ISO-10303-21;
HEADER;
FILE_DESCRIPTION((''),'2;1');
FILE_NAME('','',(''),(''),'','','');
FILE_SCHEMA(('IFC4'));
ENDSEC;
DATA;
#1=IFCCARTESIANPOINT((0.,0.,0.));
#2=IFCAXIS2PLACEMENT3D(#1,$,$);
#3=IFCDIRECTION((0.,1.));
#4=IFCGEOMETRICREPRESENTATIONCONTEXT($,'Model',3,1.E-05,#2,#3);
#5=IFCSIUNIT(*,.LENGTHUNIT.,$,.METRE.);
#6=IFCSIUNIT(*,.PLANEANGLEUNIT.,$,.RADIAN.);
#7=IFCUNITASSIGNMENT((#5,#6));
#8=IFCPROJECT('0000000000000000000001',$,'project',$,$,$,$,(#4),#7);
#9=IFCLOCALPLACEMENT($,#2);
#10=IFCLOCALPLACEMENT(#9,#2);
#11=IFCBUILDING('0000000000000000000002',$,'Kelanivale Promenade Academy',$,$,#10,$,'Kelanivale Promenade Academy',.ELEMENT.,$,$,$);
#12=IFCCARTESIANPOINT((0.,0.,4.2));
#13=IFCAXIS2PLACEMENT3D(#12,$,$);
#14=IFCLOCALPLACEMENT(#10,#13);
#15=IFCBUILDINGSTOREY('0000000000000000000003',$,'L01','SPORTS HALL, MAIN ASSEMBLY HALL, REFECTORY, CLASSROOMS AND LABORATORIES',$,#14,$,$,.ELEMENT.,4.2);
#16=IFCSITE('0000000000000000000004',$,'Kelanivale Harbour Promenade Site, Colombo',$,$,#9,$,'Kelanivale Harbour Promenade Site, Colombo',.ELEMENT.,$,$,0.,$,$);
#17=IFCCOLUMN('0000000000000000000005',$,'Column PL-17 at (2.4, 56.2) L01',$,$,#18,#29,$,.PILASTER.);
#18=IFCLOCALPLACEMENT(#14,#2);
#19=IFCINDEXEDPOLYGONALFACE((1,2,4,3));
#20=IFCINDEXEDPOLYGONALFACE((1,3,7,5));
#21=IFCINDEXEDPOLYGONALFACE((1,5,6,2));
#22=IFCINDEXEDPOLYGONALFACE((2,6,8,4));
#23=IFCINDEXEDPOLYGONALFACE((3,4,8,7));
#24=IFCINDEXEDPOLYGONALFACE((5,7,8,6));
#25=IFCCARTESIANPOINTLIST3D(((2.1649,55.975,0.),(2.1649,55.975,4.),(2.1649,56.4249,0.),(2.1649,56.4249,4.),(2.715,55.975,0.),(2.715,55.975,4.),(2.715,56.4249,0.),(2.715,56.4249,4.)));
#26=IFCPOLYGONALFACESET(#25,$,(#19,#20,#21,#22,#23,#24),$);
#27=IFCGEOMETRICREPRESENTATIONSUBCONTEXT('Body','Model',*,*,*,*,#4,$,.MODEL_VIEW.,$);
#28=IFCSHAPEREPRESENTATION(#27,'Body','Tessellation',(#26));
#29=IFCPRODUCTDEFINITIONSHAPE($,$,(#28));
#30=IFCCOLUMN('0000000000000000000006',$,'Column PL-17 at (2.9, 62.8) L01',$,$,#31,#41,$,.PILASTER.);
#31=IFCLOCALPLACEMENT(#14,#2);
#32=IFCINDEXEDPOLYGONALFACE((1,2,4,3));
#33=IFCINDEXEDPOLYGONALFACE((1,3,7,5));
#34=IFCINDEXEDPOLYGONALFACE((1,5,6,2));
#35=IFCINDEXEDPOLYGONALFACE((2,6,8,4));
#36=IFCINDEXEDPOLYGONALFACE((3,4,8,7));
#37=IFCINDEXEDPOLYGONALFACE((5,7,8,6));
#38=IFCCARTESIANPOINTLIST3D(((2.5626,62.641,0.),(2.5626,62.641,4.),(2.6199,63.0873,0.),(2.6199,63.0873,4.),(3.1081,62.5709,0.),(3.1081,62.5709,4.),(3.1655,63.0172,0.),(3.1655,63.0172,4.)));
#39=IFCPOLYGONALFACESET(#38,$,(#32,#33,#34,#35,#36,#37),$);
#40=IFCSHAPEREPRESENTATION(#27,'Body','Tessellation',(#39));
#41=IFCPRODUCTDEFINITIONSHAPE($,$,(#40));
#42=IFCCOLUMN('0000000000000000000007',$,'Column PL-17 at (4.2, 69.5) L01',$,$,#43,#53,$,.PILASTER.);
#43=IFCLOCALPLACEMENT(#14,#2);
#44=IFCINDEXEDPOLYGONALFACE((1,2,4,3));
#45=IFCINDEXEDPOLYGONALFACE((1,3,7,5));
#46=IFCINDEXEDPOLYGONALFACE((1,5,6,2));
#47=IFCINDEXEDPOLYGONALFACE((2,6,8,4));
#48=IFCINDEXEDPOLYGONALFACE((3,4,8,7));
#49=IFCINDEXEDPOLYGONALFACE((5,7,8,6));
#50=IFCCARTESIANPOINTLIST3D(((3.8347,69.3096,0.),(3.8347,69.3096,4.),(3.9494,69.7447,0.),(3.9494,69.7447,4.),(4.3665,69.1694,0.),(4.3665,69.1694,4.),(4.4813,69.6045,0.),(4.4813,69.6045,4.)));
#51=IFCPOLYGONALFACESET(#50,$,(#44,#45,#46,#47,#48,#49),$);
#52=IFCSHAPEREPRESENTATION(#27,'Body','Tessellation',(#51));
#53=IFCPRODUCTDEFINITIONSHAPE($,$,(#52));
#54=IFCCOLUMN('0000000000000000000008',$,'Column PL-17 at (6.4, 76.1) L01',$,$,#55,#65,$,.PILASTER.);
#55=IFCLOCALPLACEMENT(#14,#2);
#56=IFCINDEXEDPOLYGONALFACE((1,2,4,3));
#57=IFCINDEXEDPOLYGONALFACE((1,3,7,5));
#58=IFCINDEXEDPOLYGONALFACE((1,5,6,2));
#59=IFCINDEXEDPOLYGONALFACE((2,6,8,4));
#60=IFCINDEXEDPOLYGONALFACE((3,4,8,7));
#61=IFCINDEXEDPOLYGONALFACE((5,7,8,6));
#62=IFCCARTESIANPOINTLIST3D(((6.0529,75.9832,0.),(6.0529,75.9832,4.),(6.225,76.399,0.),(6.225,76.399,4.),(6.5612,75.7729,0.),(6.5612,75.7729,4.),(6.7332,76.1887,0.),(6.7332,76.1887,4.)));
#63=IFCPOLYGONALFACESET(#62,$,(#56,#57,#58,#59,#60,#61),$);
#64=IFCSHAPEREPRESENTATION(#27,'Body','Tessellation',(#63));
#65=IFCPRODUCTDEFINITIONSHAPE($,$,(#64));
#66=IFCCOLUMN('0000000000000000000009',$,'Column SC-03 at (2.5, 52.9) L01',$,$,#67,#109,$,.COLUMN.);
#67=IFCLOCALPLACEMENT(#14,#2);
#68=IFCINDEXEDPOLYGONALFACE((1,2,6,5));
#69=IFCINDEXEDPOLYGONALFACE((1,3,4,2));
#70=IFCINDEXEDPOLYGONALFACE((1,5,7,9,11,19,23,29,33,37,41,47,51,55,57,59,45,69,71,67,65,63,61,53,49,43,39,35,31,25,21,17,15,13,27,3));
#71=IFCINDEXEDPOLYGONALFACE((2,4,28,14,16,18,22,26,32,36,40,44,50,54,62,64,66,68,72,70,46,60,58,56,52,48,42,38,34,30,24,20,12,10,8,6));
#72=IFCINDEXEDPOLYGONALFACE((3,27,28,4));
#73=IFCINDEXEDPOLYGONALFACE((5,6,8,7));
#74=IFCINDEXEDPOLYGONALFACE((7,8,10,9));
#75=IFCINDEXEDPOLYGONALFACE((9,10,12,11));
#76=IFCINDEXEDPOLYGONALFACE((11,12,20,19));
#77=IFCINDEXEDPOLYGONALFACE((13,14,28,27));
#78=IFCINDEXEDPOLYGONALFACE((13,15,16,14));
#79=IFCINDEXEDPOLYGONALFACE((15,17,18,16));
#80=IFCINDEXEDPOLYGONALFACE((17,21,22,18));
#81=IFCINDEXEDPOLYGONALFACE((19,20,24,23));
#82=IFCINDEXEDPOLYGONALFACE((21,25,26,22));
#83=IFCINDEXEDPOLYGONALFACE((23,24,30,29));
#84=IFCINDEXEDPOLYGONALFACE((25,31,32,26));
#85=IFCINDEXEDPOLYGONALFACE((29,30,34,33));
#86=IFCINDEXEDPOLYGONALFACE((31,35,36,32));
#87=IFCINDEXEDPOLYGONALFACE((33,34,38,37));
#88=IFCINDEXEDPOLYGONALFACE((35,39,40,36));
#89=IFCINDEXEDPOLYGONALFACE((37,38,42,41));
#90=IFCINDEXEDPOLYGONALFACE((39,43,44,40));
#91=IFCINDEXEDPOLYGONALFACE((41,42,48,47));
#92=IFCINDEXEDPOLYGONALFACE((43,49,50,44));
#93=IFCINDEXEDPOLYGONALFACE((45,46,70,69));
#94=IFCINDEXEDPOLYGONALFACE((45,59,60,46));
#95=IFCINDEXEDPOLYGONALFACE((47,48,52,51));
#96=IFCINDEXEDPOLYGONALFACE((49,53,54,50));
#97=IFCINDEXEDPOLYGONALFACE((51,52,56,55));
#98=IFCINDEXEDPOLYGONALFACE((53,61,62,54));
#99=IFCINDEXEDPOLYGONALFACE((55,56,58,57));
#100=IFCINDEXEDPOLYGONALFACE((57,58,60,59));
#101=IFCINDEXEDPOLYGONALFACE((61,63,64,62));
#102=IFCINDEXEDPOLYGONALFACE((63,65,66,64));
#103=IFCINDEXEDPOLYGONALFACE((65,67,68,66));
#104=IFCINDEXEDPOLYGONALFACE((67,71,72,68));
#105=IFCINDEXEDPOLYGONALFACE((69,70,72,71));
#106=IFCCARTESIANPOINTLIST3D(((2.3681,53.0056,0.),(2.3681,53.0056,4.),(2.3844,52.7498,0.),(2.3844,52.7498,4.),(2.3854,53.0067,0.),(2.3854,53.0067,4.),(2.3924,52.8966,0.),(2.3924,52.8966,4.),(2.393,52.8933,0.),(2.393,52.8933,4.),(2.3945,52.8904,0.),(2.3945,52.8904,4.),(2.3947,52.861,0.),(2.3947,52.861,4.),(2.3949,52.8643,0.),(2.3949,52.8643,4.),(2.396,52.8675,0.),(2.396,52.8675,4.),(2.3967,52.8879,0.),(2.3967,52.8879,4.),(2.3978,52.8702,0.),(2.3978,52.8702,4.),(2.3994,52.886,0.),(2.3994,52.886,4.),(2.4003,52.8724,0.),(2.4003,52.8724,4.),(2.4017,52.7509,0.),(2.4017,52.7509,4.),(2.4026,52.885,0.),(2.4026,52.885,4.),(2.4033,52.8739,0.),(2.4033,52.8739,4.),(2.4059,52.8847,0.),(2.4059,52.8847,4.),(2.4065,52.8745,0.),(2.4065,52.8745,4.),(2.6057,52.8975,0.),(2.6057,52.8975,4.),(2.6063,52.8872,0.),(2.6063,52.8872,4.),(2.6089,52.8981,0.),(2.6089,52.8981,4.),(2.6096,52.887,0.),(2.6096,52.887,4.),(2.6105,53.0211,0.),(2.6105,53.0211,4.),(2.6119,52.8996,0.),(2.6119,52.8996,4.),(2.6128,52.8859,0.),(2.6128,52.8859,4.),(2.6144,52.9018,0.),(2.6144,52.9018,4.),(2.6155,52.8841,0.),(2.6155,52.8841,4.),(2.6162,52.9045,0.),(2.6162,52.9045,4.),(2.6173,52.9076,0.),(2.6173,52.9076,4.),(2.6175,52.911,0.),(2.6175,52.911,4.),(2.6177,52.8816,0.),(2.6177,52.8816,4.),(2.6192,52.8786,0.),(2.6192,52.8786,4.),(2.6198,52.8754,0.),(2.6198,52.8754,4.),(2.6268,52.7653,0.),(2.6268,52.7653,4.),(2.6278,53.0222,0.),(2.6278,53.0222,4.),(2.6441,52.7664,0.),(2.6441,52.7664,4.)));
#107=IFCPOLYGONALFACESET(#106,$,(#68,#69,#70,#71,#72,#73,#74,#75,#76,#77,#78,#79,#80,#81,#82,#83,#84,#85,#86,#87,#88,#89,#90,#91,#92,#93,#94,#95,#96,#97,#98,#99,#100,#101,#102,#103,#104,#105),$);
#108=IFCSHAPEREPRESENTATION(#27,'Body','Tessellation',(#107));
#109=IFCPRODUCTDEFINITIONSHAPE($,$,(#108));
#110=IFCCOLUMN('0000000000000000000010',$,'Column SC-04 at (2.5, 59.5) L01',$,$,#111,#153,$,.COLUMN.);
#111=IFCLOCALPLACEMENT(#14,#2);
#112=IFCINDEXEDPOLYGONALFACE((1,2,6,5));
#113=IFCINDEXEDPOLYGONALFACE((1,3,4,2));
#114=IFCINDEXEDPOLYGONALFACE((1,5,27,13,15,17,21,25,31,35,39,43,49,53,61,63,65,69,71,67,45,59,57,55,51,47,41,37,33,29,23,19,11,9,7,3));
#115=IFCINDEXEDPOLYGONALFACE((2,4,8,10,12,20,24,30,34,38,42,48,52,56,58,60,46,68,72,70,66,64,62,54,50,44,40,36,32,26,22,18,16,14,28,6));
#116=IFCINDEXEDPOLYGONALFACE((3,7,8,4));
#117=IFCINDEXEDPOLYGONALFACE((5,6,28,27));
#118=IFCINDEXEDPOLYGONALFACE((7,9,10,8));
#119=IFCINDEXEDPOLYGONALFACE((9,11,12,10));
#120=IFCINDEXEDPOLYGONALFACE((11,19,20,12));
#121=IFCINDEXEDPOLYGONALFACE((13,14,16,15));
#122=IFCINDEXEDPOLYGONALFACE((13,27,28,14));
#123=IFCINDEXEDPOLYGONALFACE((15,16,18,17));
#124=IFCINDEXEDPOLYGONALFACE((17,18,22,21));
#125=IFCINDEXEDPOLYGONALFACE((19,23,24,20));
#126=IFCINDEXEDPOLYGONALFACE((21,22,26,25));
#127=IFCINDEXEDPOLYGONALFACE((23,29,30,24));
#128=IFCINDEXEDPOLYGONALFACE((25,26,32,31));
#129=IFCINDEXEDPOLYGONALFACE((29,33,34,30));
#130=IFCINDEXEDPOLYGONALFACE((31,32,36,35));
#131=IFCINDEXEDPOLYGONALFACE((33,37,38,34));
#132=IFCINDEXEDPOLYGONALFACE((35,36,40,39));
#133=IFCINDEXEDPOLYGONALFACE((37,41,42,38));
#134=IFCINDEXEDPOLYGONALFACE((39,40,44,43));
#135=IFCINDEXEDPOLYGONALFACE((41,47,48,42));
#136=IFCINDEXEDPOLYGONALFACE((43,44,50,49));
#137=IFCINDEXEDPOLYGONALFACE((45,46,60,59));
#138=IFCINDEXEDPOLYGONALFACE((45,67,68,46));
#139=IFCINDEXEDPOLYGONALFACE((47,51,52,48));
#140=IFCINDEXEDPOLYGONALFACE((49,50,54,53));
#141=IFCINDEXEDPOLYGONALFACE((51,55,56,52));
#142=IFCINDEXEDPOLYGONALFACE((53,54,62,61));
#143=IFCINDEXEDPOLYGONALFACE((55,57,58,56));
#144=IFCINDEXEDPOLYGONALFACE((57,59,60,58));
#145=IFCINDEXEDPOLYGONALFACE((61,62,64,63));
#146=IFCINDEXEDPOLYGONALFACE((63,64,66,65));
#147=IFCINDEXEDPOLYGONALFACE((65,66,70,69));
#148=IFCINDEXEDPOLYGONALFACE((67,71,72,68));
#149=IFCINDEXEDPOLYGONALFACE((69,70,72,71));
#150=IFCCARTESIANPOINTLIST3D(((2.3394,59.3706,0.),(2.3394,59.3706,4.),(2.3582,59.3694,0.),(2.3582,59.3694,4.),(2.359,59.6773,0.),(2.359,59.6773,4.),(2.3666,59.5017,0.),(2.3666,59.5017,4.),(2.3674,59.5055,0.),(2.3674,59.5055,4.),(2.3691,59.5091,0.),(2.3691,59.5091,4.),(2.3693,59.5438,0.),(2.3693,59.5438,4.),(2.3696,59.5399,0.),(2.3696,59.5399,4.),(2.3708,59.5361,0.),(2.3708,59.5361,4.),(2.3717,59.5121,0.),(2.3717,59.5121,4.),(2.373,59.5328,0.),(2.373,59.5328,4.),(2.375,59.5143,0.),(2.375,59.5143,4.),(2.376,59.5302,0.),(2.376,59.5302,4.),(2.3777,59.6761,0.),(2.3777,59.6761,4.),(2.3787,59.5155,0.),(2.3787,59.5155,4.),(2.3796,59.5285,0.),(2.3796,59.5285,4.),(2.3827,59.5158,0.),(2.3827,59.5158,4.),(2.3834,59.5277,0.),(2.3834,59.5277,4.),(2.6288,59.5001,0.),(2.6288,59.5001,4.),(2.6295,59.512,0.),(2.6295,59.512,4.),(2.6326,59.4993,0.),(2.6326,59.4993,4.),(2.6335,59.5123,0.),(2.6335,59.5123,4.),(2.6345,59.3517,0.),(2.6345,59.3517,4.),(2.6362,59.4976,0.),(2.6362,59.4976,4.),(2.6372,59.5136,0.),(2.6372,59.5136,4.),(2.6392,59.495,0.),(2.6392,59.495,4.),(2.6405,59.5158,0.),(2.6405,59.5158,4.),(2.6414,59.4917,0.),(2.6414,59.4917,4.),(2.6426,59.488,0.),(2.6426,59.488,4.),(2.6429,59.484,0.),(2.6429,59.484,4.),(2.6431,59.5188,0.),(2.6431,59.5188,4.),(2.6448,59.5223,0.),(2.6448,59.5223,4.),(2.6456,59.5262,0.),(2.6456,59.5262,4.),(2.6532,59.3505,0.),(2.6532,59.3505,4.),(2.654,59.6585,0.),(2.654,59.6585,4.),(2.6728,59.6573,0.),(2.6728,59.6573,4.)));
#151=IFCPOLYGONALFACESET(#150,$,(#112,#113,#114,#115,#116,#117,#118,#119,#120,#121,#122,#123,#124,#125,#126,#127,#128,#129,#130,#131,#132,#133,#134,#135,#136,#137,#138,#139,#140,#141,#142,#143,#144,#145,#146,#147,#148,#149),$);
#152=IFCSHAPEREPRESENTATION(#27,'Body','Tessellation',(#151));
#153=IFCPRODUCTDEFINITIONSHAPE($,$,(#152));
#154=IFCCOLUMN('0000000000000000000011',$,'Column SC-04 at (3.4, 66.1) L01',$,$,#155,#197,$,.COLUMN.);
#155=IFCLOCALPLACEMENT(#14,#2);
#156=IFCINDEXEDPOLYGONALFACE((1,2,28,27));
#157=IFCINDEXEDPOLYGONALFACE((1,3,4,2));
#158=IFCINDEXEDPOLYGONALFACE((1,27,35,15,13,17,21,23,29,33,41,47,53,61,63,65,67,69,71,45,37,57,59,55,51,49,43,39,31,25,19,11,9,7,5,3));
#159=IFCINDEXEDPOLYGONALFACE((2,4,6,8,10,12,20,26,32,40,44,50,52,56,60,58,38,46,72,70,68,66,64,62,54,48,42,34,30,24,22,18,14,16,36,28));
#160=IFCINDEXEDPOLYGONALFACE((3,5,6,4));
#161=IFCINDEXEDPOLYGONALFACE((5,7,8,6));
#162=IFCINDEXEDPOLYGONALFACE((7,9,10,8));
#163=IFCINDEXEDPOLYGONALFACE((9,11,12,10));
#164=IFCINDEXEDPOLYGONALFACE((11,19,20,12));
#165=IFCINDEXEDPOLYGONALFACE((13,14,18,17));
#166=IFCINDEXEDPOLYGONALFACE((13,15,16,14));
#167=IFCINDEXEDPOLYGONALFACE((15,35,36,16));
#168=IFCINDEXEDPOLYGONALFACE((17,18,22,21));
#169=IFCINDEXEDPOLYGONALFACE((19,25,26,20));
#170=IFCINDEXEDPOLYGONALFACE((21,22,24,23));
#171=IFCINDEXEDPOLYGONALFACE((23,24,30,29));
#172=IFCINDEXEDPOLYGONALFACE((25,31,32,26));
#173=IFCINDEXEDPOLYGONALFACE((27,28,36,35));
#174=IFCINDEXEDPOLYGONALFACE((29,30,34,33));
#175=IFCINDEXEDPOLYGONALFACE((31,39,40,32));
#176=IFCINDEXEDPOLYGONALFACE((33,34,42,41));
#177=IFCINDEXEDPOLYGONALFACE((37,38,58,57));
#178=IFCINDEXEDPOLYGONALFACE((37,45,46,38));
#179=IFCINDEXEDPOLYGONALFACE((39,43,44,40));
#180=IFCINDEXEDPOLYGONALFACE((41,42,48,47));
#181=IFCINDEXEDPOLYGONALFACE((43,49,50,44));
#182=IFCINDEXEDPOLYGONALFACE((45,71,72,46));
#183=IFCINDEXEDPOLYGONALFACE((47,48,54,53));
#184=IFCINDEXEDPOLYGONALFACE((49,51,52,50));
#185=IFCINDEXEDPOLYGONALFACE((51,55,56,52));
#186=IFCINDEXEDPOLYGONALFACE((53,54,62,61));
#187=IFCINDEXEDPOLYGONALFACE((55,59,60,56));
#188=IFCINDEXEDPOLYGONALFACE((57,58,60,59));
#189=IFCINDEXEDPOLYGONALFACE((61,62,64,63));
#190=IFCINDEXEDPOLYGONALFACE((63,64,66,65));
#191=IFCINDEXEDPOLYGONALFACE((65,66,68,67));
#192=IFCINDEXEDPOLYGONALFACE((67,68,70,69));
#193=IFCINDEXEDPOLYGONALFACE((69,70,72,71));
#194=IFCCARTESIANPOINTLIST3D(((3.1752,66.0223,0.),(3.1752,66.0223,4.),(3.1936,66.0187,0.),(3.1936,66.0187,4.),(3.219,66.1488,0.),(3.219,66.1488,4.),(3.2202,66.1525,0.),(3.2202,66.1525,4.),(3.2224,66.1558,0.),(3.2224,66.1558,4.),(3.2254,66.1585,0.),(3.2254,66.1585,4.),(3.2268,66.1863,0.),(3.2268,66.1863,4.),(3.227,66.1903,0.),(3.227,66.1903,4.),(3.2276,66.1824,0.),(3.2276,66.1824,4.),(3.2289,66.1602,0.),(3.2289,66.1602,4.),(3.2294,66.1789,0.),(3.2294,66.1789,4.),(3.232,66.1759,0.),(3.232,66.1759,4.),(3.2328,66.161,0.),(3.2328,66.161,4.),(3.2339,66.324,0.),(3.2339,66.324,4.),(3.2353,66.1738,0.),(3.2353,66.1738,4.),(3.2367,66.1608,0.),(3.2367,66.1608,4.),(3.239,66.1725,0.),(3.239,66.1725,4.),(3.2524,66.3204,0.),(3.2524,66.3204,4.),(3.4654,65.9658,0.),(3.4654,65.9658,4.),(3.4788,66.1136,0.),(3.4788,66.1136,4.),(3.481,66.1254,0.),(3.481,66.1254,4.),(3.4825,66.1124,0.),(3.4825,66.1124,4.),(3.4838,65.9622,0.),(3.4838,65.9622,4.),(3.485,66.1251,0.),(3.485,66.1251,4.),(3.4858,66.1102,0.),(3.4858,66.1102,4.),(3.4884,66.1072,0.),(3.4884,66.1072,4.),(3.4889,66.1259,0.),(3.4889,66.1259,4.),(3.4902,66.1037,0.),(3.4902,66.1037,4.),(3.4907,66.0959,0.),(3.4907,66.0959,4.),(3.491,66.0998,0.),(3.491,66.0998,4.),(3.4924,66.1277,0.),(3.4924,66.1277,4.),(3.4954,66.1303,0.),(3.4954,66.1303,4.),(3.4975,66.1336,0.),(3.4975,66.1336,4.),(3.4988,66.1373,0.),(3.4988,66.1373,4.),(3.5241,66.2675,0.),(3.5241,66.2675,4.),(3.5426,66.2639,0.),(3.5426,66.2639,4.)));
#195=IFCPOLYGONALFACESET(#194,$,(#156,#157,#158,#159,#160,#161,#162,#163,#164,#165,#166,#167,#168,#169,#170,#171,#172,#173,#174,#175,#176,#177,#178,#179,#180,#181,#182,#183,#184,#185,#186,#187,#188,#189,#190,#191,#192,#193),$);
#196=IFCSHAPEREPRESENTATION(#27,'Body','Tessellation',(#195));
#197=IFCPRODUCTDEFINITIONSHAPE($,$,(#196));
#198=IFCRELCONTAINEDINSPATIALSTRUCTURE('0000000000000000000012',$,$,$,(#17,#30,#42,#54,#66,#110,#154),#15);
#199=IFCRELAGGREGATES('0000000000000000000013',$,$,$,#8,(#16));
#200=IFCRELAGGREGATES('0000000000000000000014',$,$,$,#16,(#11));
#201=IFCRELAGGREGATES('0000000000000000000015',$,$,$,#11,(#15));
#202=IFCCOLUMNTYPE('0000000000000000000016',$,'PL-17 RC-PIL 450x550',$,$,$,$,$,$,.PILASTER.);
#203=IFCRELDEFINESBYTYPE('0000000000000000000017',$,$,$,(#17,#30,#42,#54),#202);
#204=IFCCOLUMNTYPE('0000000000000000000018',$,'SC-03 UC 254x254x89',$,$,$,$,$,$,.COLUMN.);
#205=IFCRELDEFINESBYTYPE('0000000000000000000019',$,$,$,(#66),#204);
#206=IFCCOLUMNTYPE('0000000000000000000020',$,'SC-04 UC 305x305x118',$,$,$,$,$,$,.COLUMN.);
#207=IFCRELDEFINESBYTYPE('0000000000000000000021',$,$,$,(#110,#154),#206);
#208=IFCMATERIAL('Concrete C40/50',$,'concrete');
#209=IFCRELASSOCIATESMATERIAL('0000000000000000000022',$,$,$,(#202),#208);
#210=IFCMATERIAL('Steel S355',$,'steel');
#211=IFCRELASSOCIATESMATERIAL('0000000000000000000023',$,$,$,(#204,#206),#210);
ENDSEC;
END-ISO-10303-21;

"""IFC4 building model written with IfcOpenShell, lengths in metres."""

from ifc_helpers import new_model, si_unit, direction, frame, origin, origin_2d, place, context, subcontext, project, spatial, rectangle, i_section, extrude, material, material_profile, profile_set, type_object, element, save


model = new_model("IFC4")

# Units and contexts
model_context = context("Model", 3, precision=1e-05, world=origin(), true_north=direction((0.0, 1.0)))
body_context = subcontext(model_context, "Body", "Model", "MODEL_VIEW")
ifc_project = project(units=[si_unit("LENGTHUNIT", "METRE"), si_unit("PLANEANGLEUNIT", "RADIAN")], contexts=[model_context])

# Site, building, storey
site_placement = place(None, origin())
site = spatial("IfcSite", under=ifc_project, at=site_placement, Name="Kelanivale Harbour Promenade Site, Colombo", LongName="Kelanivale Harbour Promenade Site, Colombo", CompositionType="ELEMENT", RefElevation=0.0)
building_placement = place(site_placement, origin())
building = spatial("IfcBuilding", under=site, at=building_placement, Name="Kelanivale Promenade Academy", LongName="Kelanivale Promenade Academy", CompositionType="ELEMENT")
storey_placement = place(building_placement, frame((0.0, 0.0, 4.2)))
storey = spatial("IfcBuildingStorey", under=building, at=storey_placement, Name="L01", Description="SPORTS HALL, MAIN ASSEMBLY HALL, REFECTORY, CLASSROOMS AND LABORATORIES", CompositionType="ELEMENT", Elevation=4.2)

# Columns
ifc_material_1 = material(Name="Concrete C40/50", Category="concrete")
ifc_material_profile_1 = material_profile(ifc_material_1, rectangle(XDim=0.45, YDim=0.55, at=origin_2d()), Name="RC-PIL 450x550")
ifc_profile_set_1 = profile_set([ifc_material_profile_1], Name="Concrete C40/50")
column_type_1 = type_object("IfcColumnType", Name="PL-17 RC-PIL 450x550", PredefinedType="PILASTER", material=ifc_profile_set_1)
for number, where, z_axis, x_axis, name in (
    (1, (2.4399, 56.2, 0.0), (0.0, 0.0, 1.0), (0.0, 1.0, 0.0), "Column PL-17 at (2.4, 56.2) L01"),
    (2, (2.864, 62.8291, 0.0), (0.0, 0.0, 1.0), (0.127411, 0.99185, 0.0), "Column PL-17 at (2.9, 62.8) L01"),
    (3, (4.158, 69.457, 0.0), (0.0, 0.0, 1.0), (0.254939, 0.966957, 0.0), "Column PL-17 at (4.2, 69.5) L01"),
    (4, (6.3931, 76.0859, 0.0), (0.0, 0.0, 1.0), (0.382361, 0.924013, 0.0), "Column PL-17 at (6.4, 76.1) L01"),
):
    element("IfcColumn", number, at=place(storey_placement, frame(where, z_axis=z_axis, x_axis=x_axis)), inside=storey, type_object=column_type_1, Name=name, PredefinedType="PILASTER", context=body_context, shape_type="SweptSolid", body=[
        extrude(rectangle(XDim=0.45, YDim=0.55, at=origin_2d()), origin(), (0.0, 0.0, 1.0), 4.0),
    ])
ifc_material_2 = material(Name="Steel S355", Category="steel")
ifc_material_profile_2 = material_profile(ifc_material_2, i_section(OverallWidth=0.2563, OverallDepth=0.2603, WebThickness=0.0103, FlangeThickness=0.0173, FilletRadius=0.0127, at=origin_2d()), Name="UC 254x254x89")
ifc_profile_set_2 = profile_set([ifc_material_profile_2], Name="Steel S355")
column_type_2 = type_object("IfcColumnType", Name="SC-03 UC 254x254x89", PredefinedType="COLUMN", material=ifc_profile_set_2)
column_placement = place(storey_placement, frame((2.5061, 52.886, 0.0), z_axis=(0.0, 0.0, 1.0), x_axis=(-0.063661, 0.997972, 0.0)))
element("IfcColumn", 5, at=column_placement, inside=storey, type_object=column_type_2, Name="Column SC-03 at (2.5, 52.9) L01", PredefinedType="COLUMN", context=body_context, shape_type="SweptSolid", body=[
    extrude(i_section(OverallWidth=0.2563, OverallDepth=0.2603, WebThickness=0.0103, FlangeThickness=0.0173, FilletRadius=0.0127, at=origin_2d()), origin(), (0.0, 0.0, 1.0), 4.0),
])
ifc_material_profile_3 = material_profile(ifc_material_2, i_section(OverallWidth=0.3074, OverallDepth=0.3145, WebThickness=0.012, FlangeThickness=0.0188, FilletRadius=0.0151, at=origin_2d()), Name="UC 305x305x118")
ifc_profile_set_3 = profile_set([ifc_material_profile_3], Name="Steel S355")
column_type_3 = type_object("IfcColumnType", Name="SC-04 UC 305x305x118", PredefinedType="COLUMN", material=ifc_profile_set_3)
for number, where, z_axis, x_axis, name in (
    (6, (2.5061, 59.5139, 0.0), (0.0, 0.0, 1.0), (0.063661, 0.997972, 0.0), "Column SC-04 at (2.5, 59.5) L01"),
    (7, (3.3589, 66.1431, 0.0), (0.0, 0.0, 1.0), (0.191152, 0.981561, 0.0), "Column SC-04 at (3.4, 66.1) L01"),
):
    element("IfcColumn", number, at=place(storey_placement, frame(where, z_axis=z_axis, x_axis=x_axis)), inside=storey, type_object=column_type_3, Name=name, PredefinedType="COLUMN", context=body_context, shape_type="SweptSolid", body=[
        extrude(i_section(OverallWidth=0.3074, OverallDepth=0.3145, WebThickness=0.012, FlangeThickness=0.0188, FilletRadius=0.0151, at=origin_2d()), origin(), (0.0, 0.0, 1.0), 4.0),
    ])

save(model, "model.ifc")
